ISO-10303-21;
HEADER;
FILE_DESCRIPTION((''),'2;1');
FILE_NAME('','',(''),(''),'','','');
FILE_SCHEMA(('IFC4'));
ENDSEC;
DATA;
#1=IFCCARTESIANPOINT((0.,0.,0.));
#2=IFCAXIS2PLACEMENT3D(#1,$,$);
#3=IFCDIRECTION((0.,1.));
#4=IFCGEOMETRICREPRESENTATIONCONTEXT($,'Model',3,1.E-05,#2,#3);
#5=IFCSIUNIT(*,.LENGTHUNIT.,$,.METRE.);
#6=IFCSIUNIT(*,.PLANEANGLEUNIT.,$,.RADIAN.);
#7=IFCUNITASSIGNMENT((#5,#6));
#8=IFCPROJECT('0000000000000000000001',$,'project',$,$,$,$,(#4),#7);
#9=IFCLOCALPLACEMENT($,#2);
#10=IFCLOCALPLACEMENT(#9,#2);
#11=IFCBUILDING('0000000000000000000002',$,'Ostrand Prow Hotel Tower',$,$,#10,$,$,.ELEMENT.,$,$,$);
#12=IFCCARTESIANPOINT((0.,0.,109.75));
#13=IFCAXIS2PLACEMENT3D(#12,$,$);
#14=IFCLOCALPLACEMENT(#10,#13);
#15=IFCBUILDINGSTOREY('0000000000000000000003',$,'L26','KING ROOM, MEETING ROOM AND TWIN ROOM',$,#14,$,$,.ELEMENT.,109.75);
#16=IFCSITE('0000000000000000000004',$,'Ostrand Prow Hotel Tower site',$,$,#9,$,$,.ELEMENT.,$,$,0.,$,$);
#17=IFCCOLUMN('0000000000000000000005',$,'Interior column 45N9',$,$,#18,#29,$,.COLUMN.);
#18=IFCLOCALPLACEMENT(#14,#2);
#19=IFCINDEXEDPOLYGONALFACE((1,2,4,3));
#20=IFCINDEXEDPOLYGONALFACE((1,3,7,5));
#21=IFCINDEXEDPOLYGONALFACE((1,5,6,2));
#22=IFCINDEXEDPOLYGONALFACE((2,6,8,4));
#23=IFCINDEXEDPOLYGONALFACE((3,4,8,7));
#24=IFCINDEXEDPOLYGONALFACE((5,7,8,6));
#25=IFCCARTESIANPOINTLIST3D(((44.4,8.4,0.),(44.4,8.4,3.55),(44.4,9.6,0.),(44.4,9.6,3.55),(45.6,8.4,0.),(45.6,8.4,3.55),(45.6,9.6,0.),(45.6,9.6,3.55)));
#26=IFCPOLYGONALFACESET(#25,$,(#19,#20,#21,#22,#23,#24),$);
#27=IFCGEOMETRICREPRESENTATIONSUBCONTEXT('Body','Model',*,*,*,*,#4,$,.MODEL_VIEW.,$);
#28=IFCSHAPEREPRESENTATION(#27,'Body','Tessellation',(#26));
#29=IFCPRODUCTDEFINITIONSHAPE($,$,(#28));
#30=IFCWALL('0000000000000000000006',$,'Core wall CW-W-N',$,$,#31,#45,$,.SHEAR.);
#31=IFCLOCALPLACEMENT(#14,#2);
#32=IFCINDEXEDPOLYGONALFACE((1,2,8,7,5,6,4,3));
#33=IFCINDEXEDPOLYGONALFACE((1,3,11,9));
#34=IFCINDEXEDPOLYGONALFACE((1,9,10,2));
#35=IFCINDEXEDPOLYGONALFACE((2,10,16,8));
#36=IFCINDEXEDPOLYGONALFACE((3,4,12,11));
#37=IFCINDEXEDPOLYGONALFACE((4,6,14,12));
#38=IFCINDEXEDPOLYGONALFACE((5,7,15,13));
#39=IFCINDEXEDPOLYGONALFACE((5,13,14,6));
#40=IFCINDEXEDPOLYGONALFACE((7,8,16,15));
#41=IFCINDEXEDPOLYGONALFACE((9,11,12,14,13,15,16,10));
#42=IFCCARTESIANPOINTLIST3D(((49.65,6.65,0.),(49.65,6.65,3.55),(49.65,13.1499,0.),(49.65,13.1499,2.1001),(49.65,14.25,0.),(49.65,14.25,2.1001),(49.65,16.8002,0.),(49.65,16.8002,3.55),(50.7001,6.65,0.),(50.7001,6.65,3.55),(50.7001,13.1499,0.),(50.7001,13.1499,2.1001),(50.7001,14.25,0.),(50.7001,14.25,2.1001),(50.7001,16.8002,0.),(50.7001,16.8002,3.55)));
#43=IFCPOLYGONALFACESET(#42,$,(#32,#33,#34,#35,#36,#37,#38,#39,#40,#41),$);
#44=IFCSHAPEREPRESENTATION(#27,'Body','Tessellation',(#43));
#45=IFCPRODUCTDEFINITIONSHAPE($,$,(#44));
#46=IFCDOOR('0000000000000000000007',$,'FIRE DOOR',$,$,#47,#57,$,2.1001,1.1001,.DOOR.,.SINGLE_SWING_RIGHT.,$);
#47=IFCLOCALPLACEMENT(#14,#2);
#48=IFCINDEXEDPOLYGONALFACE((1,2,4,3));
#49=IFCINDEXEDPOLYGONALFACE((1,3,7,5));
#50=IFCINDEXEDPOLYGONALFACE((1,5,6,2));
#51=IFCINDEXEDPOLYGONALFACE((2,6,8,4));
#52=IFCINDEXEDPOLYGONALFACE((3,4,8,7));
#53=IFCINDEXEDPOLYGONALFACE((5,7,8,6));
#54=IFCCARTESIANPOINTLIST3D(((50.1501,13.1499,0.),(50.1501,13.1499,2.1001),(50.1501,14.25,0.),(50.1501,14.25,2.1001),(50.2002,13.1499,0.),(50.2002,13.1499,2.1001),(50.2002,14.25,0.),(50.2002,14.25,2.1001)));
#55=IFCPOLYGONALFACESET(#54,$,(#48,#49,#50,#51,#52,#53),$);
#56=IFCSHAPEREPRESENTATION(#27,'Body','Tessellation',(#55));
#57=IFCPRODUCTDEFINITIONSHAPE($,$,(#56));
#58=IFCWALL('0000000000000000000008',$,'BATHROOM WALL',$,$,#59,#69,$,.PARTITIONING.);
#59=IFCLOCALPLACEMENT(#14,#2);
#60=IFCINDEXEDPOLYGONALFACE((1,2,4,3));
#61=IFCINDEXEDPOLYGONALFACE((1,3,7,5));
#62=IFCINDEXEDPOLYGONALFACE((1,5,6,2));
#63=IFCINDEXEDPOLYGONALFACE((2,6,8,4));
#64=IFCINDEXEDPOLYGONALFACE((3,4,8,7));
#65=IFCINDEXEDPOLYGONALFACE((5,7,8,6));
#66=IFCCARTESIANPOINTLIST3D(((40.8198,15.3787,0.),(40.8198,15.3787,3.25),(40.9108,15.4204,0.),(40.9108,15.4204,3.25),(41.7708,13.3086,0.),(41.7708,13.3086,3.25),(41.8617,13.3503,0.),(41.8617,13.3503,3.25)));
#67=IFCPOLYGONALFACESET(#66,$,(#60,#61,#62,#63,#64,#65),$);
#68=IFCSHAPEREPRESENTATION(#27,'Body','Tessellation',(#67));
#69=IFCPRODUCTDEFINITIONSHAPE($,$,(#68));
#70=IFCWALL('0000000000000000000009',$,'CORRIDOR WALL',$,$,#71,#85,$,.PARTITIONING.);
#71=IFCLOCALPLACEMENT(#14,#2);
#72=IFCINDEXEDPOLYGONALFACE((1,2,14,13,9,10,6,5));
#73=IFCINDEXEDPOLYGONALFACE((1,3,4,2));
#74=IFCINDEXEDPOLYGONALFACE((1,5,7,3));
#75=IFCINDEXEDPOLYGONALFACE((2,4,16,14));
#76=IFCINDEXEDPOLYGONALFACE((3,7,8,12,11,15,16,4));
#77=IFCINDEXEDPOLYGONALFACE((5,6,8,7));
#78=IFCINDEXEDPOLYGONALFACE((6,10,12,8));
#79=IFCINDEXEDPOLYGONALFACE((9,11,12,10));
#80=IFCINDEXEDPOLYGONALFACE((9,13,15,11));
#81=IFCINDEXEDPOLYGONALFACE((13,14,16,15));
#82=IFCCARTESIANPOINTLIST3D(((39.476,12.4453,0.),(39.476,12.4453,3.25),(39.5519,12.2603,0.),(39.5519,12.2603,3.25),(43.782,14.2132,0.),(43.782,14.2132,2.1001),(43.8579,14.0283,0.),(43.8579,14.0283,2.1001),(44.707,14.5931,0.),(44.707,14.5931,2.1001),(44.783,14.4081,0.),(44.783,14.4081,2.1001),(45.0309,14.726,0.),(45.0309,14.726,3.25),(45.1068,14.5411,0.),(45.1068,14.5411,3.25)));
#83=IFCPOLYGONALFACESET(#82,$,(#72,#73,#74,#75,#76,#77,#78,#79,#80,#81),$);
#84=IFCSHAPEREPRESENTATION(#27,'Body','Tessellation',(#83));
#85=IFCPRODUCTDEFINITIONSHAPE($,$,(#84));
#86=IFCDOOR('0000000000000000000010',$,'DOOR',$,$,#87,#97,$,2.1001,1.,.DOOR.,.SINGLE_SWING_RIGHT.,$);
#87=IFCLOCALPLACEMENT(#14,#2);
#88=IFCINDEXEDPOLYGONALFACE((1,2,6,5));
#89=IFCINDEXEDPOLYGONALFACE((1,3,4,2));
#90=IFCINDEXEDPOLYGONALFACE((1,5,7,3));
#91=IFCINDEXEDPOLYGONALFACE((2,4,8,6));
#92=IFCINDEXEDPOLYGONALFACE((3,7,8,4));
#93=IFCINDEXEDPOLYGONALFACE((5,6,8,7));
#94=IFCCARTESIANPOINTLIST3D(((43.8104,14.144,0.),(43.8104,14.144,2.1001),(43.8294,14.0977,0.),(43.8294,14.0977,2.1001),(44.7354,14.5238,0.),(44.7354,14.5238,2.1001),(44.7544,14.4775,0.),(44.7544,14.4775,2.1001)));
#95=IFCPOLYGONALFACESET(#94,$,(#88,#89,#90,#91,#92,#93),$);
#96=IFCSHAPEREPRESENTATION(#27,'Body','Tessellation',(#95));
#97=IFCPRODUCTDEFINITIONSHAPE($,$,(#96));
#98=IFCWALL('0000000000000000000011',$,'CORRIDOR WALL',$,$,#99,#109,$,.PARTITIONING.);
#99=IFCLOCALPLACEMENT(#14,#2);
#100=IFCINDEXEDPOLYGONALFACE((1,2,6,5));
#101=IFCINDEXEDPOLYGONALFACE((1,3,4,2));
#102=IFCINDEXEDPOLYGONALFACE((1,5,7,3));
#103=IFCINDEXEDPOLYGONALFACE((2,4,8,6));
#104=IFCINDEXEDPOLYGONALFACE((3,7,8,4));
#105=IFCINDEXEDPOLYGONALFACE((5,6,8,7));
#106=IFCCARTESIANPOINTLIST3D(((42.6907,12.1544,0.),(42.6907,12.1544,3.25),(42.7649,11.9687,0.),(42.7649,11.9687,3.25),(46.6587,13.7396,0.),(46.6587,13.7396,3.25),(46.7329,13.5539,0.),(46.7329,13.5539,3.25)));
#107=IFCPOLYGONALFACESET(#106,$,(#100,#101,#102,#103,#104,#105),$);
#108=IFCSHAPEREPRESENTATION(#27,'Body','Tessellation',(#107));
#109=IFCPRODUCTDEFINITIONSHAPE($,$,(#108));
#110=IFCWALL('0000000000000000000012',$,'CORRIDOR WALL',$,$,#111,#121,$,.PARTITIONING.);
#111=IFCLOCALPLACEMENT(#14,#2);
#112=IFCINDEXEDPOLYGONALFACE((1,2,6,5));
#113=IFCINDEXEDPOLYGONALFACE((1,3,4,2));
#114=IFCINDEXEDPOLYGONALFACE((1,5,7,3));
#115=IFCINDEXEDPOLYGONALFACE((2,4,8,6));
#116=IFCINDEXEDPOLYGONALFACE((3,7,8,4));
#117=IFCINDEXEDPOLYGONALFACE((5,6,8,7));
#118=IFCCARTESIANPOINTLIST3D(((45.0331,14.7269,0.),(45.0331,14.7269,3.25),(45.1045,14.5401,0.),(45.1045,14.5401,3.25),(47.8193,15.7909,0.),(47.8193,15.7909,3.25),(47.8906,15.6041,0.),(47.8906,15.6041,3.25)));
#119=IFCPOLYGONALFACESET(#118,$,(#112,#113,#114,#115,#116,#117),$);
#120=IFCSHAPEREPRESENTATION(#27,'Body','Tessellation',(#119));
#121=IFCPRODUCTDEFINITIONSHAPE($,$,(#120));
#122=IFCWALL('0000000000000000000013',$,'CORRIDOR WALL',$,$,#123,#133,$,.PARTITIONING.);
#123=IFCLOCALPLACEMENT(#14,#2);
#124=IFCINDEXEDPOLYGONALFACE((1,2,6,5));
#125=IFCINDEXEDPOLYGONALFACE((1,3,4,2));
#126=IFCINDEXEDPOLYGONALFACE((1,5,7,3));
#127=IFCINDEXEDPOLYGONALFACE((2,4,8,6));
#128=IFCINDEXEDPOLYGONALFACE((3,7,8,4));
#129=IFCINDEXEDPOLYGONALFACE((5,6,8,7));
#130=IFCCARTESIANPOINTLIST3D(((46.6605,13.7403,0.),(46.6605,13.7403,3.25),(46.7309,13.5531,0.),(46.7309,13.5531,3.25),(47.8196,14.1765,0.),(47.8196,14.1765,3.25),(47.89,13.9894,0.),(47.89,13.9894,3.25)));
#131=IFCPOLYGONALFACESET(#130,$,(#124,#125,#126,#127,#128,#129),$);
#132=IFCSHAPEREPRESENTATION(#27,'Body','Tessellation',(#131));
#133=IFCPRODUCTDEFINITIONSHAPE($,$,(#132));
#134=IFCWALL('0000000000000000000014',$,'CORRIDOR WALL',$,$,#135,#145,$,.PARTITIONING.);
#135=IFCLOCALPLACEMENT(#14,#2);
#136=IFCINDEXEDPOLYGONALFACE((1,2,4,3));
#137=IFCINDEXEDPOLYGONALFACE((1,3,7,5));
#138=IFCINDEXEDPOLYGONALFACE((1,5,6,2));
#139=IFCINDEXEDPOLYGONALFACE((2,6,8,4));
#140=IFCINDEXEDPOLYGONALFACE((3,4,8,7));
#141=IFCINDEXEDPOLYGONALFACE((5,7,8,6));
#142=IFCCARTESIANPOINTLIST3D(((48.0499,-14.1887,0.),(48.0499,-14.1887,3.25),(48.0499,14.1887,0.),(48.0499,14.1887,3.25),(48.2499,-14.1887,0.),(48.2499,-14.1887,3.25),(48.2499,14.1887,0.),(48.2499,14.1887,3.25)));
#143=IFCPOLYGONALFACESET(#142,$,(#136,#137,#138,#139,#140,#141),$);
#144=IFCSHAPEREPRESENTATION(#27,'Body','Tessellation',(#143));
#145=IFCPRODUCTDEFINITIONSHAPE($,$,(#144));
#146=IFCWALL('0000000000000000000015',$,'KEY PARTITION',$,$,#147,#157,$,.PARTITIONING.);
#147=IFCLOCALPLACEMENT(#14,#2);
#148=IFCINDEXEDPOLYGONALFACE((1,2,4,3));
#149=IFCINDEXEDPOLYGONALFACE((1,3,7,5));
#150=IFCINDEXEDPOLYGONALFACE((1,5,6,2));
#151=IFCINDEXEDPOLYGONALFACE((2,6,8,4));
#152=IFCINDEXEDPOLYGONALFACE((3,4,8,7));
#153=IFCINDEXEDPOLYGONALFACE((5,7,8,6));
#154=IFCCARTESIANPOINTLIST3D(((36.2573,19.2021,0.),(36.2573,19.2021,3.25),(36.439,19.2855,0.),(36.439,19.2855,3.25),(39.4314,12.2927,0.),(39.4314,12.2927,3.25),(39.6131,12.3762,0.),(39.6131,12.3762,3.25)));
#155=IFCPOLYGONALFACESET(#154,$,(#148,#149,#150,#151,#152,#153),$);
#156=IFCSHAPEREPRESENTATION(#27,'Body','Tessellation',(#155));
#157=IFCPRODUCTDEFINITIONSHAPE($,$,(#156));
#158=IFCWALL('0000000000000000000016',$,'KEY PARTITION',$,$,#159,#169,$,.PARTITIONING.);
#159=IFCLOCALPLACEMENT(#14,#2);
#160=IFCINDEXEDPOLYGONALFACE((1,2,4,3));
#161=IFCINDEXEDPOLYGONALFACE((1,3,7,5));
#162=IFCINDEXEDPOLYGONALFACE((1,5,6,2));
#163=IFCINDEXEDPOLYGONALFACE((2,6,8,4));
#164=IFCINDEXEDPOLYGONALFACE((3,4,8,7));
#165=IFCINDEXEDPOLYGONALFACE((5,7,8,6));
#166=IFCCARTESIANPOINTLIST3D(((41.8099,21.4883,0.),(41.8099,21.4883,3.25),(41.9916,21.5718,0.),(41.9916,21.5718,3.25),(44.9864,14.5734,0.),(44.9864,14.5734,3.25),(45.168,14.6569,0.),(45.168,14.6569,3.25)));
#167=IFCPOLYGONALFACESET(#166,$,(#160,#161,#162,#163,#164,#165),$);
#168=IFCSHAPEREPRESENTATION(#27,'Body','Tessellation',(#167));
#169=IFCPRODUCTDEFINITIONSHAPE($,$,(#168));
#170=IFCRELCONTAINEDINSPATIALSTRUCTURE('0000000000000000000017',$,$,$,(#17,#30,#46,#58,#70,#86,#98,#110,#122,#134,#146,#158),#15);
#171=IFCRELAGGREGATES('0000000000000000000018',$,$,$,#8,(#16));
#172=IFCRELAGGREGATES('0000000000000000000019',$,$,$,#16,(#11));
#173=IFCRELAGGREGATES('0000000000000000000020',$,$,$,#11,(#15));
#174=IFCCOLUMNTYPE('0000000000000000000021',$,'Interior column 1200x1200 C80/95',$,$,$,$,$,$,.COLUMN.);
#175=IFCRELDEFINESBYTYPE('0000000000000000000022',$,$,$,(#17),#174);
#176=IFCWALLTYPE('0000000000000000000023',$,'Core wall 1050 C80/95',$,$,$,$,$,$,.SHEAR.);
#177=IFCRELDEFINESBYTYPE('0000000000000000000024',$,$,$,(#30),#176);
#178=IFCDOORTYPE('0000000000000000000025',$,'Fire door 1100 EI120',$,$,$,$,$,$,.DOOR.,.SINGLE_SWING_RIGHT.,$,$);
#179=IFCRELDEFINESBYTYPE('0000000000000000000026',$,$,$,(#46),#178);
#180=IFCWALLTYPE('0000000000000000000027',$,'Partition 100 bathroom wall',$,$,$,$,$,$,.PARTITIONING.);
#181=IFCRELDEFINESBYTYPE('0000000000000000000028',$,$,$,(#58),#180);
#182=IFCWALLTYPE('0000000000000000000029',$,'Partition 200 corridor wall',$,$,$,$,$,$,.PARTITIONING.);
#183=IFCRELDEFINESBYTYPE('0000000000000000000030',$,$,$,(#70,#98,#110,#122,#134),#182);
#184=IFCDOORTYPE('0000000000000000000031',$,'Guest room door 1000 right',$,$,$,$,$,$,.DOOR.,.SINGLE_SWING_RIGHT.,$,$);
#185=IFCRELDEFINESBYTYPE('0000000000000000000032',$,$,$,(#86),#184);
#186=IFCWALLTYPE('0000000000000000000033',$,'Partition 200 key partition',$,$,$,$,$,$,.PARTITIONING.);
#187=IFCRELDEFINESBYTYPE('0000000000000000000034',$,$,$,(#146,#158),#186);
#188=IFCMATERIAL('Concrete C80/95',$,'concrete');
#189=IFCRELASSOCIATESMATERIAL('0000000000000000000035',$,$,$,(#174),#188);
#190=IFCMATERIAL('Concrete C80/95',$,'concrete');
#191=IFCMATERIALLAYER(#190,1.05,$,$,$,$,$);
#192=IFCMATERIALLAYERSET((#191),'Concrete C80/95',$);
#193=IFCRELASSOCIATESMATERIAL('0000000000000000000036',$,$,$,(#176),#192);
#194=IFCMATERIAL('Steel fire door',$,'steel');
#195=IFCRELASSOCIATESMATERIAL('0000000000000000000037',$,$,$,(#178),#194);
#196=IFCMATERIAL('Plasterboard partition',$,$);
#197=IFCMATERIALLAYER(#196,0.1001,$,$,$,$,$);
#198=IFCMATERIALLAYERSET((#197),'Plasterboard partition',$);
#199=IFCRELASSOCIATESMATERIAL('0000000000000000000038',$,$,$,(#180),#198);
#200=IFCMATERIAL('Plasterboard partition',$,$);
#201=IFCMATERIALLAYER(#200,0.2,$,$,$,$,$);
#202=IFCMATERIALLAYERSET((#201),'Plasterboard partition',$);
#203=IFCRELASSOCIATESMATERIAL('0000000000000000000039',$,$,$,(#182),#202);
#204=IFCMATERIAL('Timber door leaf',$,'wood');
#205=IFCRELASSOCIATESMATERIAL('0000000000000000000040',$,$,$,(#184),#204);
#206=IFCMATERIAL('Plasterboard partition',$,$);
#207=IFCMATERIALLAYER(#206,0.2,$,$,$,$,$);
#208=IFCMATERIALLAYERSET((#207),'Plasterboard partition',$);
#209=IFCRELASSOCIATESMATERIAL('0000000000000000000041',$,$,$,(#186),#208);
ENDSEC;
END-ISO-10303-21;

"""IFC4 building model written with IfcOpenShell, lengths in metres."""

from ifc_helpers import new_model, si_unit, direction, frame, frame_2d, origin, origin_2d, place, context, subcontext, project, spatial, rectangle, extrude, material, layer, layer_set, material_profile, profile_set, type_object, element, fill, save


model = new_model("IFC4")

# Units and contexts
model_context = context("Model", 3, precision=1e-05, world=origin(), true_north=direction((0.0, 1.0)))
body_context = subcontext(model_context, "Body", "Model", "MODEL_VIEW")
ifc_project = project(units=[si_unit("LENGTHUNIT", "METRE"), si_unit("PLANEANGLEUNIT", "RADIAN")], contexts=[model_context])

# Site, building, storey
site_placement = place(None, origin())
site = spatial("IfcSite", under=ifc_project, at=site_placement, Name="Ostrand Prow Hotel Tower site", CompositionType="ELEMENT", RefElevation=0.0)
building_placement = place(site_placement, origin())
building = spatial("IfcBuilding", under=site, at=building_placement, Name="Ostrand Prow Hotel Tower", CompositionType="ELEMENT")
storey_placement = place(building_placement, frame((0.0, 0.0, 109.75)))
storey = spatial("IfcBuildingStorey", under=building, at=storey_placement, Name="L26", Description="KING ROOM, MEETING ROOM AND TWIN ROOM", CompositionType="ELEMENT", Elevation=109.75)

# Column
ifc_material_1 = material(Name="Concrete C80/95", Category="concrete")
ifc_material_profile = material_profile(ifc_material_1, rectangle(XDim=1.2, YDim=1.2, at=origin_2d()), Name="RC 1200x1200")
ifc_profile_set = profile_set([ifc_material_profile], Name="Concrete C80/95")
column_type = type_object("IfcColumnType", Name="Interior column 1200x1200 C80/95", PredefinedType="COLUMN", material=ifc_profile_set)
column_placement = place(storey_placement, frame((45.0, 9.0, 0.0), z_axis=(0.0, 0.0, 1.0), x_axis=(1.0, 0.0, 0.0)))
element("IfcColumn", 1, at=column_placement, inside=storey, type_object=column_type, Name="Interior column 45N9", PredefinedType="COLUMN", context=body_context, shape_type="SweptSolid", body=[
    extrude(rectangle(XDim=1.2, YDim=1.2, at=origin_2d()), origin(), (0.0, 0.0, 1.0), 3.55),
])

# Wall, opening, door
ifc_material_2 = material(Name="Concrete C80/95", Category="concrete")
ifc_layer_1 = layer(ifc_material_2, 1.05)
ifc_layer_set_1 = layer_set([ifc_layer_1], Name="Concrete C80/95")
wall_type_1 = type_object("IfcWallType", Name="Core wall 1050 C80/95", PredefinedType="SHEAR", material=ifc_layer_set_1)
wall_1_placement = place(storey_placement, frame((50.175, 6.6499, 0.0), z_axis=(0.0, 0.0, 1.0), x_axis=(0.0, 1.0, 0.0)))
wall_1 = element("IfcWall", 2, at=wall_1_placement, inside=storey, type_object=wall_type_1, Name="Core wall CW-W-N", PredefinedType="SHEAR", context=body_context, shape_type="SweptSolid", body=[
    extrude(rectangle(XDim=10.1501, YDim=1.05, at=frame_2d((5.0752, 0.0))), origin(), (0.0, 0.0, 1.0), 3.55),
])
opening_1_placement = place(wall_1_placement, frame((6.5, 0.0, 0.0)))
opening_1 = element("IfcOpeningElement", 3, at=opening_1_placement, cuts=wall_1, PredefinedType="OPENING", context=body_context, shape_type="SweptSolid", body=[
    extrude(rectangle(XDim=1.1001, YDim=2.1001, at=frame_2d((0.55, 1.05))), frame((0.0, 0.5349, 0.0), z_axis=(0.0, -1.0, 0.0), x_axis=(1.0, 0.0, 0.0)), (0.0, 0.0, 1.0), 1.0701),
])
ifc_material_3 = material(Name="Steel fire door", Category="steel")
door_type_1 = type_object("IfcDoorType", Name="Fire door 1100 EI120", OperationType="SINGLE_SWING_RIGHT", PredefinedType="DOOR", material=ifc_material_3)
door_1_placement = place(opening_1_placement, origin())
door_1 = element("IfcDoor", 4, at=door_1_placement, inside=storey, type_object=door_type_1, Name="FIRE DOOR", OperationType="SINGLE_SWING_RIGHT", OverallHeight=2.1001, OverallWidth=1.1001, PredefinedType="DOOR", context=body_context, shape_type="SweptSolid", body=[
    extrude(rectangle(XDim=1.1001, YDim=2.1001, at=frame_2d((0.55, 1.05))), frame((0.0, 0.0249, 0.0), z_axis=(0.0, -1.0, 0.0), x_axis=(1.0, 0.0, 0.0)), (0.0, 0.0, 1.0), 0.05),
])
fill(opening_1, door_1)

# Wall
ifc_material_4 = material(Name="Plasterboard partition")
ifc_layer_2 = layer(ifc_material_4, 0.1001)
ifc_layer_set_2 = layer_set([ifc_layer_2], Name="Plasterboard partition")
wall_type_2 = type_object("IfcWallType", Name="Partition 100 bathroom wall", PredefinedType="PARTITIONING", material=ifc_layer_set_2)
wall_2_placement = place(storey_placement, frame((40.8652, 15.3997, 0.0), z_axis=(0.0, 0.0, 1.0), x_axis=(0.417433, -0.908708, 0.0)))
element("IfcWall", 5, at=wall_2_placement, inside=storey, type_object=wall_type_2, Name="BATHROOM WALL", PredefinedType="PARTITIONING", context=body_context, shape_type="SweptSolid", body=[
    extrude(rectangle(XDim=2.2781, YDim=0.1001, at=frame_2d((1.1392, 0.0))), origin(), (0.0, 0.0, 1.0), 3.25),
])

# Wall, opening, door
ifc_material_5 = material(Name="Plasterboard partition")
ifc_layer_3 = layer(ifc_material_5, 0.2)
ifc_layer_set_3 = layer_set([ifc_layer_3], Name="Plasterboard partition")
wall_type_3 = type_object("IfcWallType", Name="Partition 200 corridor wall", PredefinedType="PARTITIONING", material=ifc_layer_set_3)
wall_3_placement = place(storey_placement, frame((45.0688, 14.6335, 0.0), z_axis=(0.0, 0.0, 1.0), x_axis=(-0.925062, -0.379815, 0.0)))
wall_3 = element("IfcWall", 6, at=wall_3_placement, inside=storey, type_object=wall_type_3, Name="CORRIDOR WALL", PredefinedType="PARTITIONING", context=body_context, shape_type="SweptSolid", body=[
    extrude(rectangle(XDim=6.0049, YDim=0.2, at=frame_2d((3.0024, 0.0))), origin(), (0.0, 0.0, 1.0), 3.25),
])
opening_2_placement = place(wall_3_placement, frame((0.3501, 0.0, 0.0)))
opening_2 = element("IfcOpeningElement", 7, at=opening_2_placement, cuts=wall_3, PredefinedType="OPENING", context=body_context, shape_type="SweptSolid", body=[
    extrude(rectangle(XDim=1.0, YDim=2.1001, at=frame_2d((0.5, 1.05))), frame((0.0, 0.1099, 0.0), z_axis=(0.0, -1.0, 0.0), x_axis=(1.0, 0.0, 0.0)), (0.0, 0.0, 1.0), 0.22),
])
ifc_material_6 = material(Name="Timber door leaf", Category="wood")
door_type_2 = type_object("IfcDoorType", Name="Guest room door 1000 right", OperationType="SINGLE_SWING_RIGHT", PredefinedType="DOOR", material=ifc_material_6)
door_2_placement = place(opening_2_placement, origin())
door_2 = element("IfcDoor", 8, at=door_2_placement, inside=storey, type_object=door_type_2, Name="DOOR", OperationType="SINGLE_SWING_RIGHT", OverallHeight=2.1001, OverallWidth=1.0, PredefinedType="DOOR", context=body_context, shape_type="SweptSolid", body=[
    extrude(rectangle(XDim=1.0, YDim=2.1001, at=frame_2d((0.5, 1.05))), frame((0.0, 0.0249, 0.0), z_axis=(0.0, -1.0, 0.0), x_axis=(1.0, 0.0, 0.0)), (0.0, 0.0, 1.0), 0.05),
])
fill(opening_2, door_2)

# Walls
wall_4_placement = place(storey_placement, frame((42.7278, 12.0615, 0.0), z_axis=(0.0, 0.0, 1.0), x_axis=(0.928638, 0.370987, 0.0)))
element("IfcWall", 9, at=wall_4_placement, inside=storey, type_object=wall_type_3, Name="CORRIDOR WALL", PredefinedType="PARTITIONING", context=body_context, shape_type="SweptSolid", body=[
    extrude(rectangle(XDim=4.2729, YDim=0.2, at=frame_2d((2.1365, 0.0))), origin(), (0.0, 0.0, 1.0), 3.25),
])
wall_5_placement = place(storey_placement, frame((47.855, 15.6975, 0.0), z_axis=(0.0, 0.0, 1.0), x_axis=(-0.9342, -0.356751, 0.0)))
element("IfcWall", 10, at=wall_5_placement, inside=storey, type_object=wall_type_3, Name="CORRIDOR WALL", PredefinedType="PARTITIONING", context=body_context, shape_type="SweptSolid", body=[
    extrude(rectangle(XDim=2.9824, YDim=0.2, at=frame_2d((1.4912, 0.0))), origin(), (0.0, 0.0, 1.0), 3.25),
])
wall_6_placement = place(storey_placement, frame((46.6958, 13.6467, 0.0), z_axis=(0.0, 0.0, 1.0), x_axis=(0.935907, 0.352246, 0.0)))
element("IfcWall", 11, at=wall_6_placement, inside=storey, type_object=wall_type_3, Name="CORRIDOR WALL", PredefinedType="PARTITIONING", context=body_context, shape_type="SweptSolid", body=[
    extrude(rectangle(XDim=1.2385, YDim=0.2, at=frame_2d((0.6191, 0.0))), origin(), (0.0, 0.0, 1.0), 3.25),
])
wall_7_placement = place(storey_placement, frame((48.1499, 14.1887, 0.0), z_axis=(0.0, 0.0, 1.0), x_axis=(0.0, -1.0, 0.0)))
element("IfcWall", 12, at=wall_7_placement, inside=storey, type_object=wall_type_3, Name="CORRIDOR WALL", PredefinedType="PARTITIONING", context=body_context, shape_type="SweptSolid", body=[
    extrude(rectangle(XDim=28.3774, YDim=0.2, at=frame_2d((14.1887, 0.0))), origin(), (0.0, 0.0, 1.0), 3.25),
])
ifc_material_7 = material(Name="Plasterboard partition")
ifc_layer_4 = layer(ifc_material_7, 0.2)
ifc_layer_set_4 = layer_set([ifc_layer_4], Name="Plasterboard partition")
wall_type_4 = type_object("IfcWallType", Name="Partition 200 key partition", PredefinedType="PARTITIONING", material=ifc_layer_set_4)
wall_8_placement = place(storey_placement, frame((39.5222, 12.3345, 0.0), z_axis=(0.0, 0.0, 1.0), x_axis=(-0.417443, 0.908703, 0.0)))
element("IfcWall", 13, at=wall_8_placement, inside=storey, type_object=wall_type_4, Name="KEY PARTITION", PredefinedType="PARTITIONING", context=body_context, shape_type="SweptSolid", body=[
    extrude(rectangle(XDim=7.6035, YDim=0.2, at=frame_2d((3.8018, 0.0))), origin(), (0.0, 0.0, 1.0), 3.25),
])
wall_9_placement = place(storey_placement, frame((45.0771, 14.6152, 0.0), z_axis=(0.0, 0.0, 1.0), x_axis=(-0.417428, 0.90871, 0.0)))
element("IfcWall", 14, at=wall_9_placement, inside=storey, type_object=wall_type_4, Name="KEY PARTITION", PredefinedType="PARTITIONING", context=body_context, shape_type="SweptSolid", body=[
    extrude(rectangle(XDim=7.6096, YDim=0.2, at=frame_2d((3.8047, 0.0))), origin(), (0.0, 0.0, 1.0), 3.25),
])

save(model, "model.ifc")
